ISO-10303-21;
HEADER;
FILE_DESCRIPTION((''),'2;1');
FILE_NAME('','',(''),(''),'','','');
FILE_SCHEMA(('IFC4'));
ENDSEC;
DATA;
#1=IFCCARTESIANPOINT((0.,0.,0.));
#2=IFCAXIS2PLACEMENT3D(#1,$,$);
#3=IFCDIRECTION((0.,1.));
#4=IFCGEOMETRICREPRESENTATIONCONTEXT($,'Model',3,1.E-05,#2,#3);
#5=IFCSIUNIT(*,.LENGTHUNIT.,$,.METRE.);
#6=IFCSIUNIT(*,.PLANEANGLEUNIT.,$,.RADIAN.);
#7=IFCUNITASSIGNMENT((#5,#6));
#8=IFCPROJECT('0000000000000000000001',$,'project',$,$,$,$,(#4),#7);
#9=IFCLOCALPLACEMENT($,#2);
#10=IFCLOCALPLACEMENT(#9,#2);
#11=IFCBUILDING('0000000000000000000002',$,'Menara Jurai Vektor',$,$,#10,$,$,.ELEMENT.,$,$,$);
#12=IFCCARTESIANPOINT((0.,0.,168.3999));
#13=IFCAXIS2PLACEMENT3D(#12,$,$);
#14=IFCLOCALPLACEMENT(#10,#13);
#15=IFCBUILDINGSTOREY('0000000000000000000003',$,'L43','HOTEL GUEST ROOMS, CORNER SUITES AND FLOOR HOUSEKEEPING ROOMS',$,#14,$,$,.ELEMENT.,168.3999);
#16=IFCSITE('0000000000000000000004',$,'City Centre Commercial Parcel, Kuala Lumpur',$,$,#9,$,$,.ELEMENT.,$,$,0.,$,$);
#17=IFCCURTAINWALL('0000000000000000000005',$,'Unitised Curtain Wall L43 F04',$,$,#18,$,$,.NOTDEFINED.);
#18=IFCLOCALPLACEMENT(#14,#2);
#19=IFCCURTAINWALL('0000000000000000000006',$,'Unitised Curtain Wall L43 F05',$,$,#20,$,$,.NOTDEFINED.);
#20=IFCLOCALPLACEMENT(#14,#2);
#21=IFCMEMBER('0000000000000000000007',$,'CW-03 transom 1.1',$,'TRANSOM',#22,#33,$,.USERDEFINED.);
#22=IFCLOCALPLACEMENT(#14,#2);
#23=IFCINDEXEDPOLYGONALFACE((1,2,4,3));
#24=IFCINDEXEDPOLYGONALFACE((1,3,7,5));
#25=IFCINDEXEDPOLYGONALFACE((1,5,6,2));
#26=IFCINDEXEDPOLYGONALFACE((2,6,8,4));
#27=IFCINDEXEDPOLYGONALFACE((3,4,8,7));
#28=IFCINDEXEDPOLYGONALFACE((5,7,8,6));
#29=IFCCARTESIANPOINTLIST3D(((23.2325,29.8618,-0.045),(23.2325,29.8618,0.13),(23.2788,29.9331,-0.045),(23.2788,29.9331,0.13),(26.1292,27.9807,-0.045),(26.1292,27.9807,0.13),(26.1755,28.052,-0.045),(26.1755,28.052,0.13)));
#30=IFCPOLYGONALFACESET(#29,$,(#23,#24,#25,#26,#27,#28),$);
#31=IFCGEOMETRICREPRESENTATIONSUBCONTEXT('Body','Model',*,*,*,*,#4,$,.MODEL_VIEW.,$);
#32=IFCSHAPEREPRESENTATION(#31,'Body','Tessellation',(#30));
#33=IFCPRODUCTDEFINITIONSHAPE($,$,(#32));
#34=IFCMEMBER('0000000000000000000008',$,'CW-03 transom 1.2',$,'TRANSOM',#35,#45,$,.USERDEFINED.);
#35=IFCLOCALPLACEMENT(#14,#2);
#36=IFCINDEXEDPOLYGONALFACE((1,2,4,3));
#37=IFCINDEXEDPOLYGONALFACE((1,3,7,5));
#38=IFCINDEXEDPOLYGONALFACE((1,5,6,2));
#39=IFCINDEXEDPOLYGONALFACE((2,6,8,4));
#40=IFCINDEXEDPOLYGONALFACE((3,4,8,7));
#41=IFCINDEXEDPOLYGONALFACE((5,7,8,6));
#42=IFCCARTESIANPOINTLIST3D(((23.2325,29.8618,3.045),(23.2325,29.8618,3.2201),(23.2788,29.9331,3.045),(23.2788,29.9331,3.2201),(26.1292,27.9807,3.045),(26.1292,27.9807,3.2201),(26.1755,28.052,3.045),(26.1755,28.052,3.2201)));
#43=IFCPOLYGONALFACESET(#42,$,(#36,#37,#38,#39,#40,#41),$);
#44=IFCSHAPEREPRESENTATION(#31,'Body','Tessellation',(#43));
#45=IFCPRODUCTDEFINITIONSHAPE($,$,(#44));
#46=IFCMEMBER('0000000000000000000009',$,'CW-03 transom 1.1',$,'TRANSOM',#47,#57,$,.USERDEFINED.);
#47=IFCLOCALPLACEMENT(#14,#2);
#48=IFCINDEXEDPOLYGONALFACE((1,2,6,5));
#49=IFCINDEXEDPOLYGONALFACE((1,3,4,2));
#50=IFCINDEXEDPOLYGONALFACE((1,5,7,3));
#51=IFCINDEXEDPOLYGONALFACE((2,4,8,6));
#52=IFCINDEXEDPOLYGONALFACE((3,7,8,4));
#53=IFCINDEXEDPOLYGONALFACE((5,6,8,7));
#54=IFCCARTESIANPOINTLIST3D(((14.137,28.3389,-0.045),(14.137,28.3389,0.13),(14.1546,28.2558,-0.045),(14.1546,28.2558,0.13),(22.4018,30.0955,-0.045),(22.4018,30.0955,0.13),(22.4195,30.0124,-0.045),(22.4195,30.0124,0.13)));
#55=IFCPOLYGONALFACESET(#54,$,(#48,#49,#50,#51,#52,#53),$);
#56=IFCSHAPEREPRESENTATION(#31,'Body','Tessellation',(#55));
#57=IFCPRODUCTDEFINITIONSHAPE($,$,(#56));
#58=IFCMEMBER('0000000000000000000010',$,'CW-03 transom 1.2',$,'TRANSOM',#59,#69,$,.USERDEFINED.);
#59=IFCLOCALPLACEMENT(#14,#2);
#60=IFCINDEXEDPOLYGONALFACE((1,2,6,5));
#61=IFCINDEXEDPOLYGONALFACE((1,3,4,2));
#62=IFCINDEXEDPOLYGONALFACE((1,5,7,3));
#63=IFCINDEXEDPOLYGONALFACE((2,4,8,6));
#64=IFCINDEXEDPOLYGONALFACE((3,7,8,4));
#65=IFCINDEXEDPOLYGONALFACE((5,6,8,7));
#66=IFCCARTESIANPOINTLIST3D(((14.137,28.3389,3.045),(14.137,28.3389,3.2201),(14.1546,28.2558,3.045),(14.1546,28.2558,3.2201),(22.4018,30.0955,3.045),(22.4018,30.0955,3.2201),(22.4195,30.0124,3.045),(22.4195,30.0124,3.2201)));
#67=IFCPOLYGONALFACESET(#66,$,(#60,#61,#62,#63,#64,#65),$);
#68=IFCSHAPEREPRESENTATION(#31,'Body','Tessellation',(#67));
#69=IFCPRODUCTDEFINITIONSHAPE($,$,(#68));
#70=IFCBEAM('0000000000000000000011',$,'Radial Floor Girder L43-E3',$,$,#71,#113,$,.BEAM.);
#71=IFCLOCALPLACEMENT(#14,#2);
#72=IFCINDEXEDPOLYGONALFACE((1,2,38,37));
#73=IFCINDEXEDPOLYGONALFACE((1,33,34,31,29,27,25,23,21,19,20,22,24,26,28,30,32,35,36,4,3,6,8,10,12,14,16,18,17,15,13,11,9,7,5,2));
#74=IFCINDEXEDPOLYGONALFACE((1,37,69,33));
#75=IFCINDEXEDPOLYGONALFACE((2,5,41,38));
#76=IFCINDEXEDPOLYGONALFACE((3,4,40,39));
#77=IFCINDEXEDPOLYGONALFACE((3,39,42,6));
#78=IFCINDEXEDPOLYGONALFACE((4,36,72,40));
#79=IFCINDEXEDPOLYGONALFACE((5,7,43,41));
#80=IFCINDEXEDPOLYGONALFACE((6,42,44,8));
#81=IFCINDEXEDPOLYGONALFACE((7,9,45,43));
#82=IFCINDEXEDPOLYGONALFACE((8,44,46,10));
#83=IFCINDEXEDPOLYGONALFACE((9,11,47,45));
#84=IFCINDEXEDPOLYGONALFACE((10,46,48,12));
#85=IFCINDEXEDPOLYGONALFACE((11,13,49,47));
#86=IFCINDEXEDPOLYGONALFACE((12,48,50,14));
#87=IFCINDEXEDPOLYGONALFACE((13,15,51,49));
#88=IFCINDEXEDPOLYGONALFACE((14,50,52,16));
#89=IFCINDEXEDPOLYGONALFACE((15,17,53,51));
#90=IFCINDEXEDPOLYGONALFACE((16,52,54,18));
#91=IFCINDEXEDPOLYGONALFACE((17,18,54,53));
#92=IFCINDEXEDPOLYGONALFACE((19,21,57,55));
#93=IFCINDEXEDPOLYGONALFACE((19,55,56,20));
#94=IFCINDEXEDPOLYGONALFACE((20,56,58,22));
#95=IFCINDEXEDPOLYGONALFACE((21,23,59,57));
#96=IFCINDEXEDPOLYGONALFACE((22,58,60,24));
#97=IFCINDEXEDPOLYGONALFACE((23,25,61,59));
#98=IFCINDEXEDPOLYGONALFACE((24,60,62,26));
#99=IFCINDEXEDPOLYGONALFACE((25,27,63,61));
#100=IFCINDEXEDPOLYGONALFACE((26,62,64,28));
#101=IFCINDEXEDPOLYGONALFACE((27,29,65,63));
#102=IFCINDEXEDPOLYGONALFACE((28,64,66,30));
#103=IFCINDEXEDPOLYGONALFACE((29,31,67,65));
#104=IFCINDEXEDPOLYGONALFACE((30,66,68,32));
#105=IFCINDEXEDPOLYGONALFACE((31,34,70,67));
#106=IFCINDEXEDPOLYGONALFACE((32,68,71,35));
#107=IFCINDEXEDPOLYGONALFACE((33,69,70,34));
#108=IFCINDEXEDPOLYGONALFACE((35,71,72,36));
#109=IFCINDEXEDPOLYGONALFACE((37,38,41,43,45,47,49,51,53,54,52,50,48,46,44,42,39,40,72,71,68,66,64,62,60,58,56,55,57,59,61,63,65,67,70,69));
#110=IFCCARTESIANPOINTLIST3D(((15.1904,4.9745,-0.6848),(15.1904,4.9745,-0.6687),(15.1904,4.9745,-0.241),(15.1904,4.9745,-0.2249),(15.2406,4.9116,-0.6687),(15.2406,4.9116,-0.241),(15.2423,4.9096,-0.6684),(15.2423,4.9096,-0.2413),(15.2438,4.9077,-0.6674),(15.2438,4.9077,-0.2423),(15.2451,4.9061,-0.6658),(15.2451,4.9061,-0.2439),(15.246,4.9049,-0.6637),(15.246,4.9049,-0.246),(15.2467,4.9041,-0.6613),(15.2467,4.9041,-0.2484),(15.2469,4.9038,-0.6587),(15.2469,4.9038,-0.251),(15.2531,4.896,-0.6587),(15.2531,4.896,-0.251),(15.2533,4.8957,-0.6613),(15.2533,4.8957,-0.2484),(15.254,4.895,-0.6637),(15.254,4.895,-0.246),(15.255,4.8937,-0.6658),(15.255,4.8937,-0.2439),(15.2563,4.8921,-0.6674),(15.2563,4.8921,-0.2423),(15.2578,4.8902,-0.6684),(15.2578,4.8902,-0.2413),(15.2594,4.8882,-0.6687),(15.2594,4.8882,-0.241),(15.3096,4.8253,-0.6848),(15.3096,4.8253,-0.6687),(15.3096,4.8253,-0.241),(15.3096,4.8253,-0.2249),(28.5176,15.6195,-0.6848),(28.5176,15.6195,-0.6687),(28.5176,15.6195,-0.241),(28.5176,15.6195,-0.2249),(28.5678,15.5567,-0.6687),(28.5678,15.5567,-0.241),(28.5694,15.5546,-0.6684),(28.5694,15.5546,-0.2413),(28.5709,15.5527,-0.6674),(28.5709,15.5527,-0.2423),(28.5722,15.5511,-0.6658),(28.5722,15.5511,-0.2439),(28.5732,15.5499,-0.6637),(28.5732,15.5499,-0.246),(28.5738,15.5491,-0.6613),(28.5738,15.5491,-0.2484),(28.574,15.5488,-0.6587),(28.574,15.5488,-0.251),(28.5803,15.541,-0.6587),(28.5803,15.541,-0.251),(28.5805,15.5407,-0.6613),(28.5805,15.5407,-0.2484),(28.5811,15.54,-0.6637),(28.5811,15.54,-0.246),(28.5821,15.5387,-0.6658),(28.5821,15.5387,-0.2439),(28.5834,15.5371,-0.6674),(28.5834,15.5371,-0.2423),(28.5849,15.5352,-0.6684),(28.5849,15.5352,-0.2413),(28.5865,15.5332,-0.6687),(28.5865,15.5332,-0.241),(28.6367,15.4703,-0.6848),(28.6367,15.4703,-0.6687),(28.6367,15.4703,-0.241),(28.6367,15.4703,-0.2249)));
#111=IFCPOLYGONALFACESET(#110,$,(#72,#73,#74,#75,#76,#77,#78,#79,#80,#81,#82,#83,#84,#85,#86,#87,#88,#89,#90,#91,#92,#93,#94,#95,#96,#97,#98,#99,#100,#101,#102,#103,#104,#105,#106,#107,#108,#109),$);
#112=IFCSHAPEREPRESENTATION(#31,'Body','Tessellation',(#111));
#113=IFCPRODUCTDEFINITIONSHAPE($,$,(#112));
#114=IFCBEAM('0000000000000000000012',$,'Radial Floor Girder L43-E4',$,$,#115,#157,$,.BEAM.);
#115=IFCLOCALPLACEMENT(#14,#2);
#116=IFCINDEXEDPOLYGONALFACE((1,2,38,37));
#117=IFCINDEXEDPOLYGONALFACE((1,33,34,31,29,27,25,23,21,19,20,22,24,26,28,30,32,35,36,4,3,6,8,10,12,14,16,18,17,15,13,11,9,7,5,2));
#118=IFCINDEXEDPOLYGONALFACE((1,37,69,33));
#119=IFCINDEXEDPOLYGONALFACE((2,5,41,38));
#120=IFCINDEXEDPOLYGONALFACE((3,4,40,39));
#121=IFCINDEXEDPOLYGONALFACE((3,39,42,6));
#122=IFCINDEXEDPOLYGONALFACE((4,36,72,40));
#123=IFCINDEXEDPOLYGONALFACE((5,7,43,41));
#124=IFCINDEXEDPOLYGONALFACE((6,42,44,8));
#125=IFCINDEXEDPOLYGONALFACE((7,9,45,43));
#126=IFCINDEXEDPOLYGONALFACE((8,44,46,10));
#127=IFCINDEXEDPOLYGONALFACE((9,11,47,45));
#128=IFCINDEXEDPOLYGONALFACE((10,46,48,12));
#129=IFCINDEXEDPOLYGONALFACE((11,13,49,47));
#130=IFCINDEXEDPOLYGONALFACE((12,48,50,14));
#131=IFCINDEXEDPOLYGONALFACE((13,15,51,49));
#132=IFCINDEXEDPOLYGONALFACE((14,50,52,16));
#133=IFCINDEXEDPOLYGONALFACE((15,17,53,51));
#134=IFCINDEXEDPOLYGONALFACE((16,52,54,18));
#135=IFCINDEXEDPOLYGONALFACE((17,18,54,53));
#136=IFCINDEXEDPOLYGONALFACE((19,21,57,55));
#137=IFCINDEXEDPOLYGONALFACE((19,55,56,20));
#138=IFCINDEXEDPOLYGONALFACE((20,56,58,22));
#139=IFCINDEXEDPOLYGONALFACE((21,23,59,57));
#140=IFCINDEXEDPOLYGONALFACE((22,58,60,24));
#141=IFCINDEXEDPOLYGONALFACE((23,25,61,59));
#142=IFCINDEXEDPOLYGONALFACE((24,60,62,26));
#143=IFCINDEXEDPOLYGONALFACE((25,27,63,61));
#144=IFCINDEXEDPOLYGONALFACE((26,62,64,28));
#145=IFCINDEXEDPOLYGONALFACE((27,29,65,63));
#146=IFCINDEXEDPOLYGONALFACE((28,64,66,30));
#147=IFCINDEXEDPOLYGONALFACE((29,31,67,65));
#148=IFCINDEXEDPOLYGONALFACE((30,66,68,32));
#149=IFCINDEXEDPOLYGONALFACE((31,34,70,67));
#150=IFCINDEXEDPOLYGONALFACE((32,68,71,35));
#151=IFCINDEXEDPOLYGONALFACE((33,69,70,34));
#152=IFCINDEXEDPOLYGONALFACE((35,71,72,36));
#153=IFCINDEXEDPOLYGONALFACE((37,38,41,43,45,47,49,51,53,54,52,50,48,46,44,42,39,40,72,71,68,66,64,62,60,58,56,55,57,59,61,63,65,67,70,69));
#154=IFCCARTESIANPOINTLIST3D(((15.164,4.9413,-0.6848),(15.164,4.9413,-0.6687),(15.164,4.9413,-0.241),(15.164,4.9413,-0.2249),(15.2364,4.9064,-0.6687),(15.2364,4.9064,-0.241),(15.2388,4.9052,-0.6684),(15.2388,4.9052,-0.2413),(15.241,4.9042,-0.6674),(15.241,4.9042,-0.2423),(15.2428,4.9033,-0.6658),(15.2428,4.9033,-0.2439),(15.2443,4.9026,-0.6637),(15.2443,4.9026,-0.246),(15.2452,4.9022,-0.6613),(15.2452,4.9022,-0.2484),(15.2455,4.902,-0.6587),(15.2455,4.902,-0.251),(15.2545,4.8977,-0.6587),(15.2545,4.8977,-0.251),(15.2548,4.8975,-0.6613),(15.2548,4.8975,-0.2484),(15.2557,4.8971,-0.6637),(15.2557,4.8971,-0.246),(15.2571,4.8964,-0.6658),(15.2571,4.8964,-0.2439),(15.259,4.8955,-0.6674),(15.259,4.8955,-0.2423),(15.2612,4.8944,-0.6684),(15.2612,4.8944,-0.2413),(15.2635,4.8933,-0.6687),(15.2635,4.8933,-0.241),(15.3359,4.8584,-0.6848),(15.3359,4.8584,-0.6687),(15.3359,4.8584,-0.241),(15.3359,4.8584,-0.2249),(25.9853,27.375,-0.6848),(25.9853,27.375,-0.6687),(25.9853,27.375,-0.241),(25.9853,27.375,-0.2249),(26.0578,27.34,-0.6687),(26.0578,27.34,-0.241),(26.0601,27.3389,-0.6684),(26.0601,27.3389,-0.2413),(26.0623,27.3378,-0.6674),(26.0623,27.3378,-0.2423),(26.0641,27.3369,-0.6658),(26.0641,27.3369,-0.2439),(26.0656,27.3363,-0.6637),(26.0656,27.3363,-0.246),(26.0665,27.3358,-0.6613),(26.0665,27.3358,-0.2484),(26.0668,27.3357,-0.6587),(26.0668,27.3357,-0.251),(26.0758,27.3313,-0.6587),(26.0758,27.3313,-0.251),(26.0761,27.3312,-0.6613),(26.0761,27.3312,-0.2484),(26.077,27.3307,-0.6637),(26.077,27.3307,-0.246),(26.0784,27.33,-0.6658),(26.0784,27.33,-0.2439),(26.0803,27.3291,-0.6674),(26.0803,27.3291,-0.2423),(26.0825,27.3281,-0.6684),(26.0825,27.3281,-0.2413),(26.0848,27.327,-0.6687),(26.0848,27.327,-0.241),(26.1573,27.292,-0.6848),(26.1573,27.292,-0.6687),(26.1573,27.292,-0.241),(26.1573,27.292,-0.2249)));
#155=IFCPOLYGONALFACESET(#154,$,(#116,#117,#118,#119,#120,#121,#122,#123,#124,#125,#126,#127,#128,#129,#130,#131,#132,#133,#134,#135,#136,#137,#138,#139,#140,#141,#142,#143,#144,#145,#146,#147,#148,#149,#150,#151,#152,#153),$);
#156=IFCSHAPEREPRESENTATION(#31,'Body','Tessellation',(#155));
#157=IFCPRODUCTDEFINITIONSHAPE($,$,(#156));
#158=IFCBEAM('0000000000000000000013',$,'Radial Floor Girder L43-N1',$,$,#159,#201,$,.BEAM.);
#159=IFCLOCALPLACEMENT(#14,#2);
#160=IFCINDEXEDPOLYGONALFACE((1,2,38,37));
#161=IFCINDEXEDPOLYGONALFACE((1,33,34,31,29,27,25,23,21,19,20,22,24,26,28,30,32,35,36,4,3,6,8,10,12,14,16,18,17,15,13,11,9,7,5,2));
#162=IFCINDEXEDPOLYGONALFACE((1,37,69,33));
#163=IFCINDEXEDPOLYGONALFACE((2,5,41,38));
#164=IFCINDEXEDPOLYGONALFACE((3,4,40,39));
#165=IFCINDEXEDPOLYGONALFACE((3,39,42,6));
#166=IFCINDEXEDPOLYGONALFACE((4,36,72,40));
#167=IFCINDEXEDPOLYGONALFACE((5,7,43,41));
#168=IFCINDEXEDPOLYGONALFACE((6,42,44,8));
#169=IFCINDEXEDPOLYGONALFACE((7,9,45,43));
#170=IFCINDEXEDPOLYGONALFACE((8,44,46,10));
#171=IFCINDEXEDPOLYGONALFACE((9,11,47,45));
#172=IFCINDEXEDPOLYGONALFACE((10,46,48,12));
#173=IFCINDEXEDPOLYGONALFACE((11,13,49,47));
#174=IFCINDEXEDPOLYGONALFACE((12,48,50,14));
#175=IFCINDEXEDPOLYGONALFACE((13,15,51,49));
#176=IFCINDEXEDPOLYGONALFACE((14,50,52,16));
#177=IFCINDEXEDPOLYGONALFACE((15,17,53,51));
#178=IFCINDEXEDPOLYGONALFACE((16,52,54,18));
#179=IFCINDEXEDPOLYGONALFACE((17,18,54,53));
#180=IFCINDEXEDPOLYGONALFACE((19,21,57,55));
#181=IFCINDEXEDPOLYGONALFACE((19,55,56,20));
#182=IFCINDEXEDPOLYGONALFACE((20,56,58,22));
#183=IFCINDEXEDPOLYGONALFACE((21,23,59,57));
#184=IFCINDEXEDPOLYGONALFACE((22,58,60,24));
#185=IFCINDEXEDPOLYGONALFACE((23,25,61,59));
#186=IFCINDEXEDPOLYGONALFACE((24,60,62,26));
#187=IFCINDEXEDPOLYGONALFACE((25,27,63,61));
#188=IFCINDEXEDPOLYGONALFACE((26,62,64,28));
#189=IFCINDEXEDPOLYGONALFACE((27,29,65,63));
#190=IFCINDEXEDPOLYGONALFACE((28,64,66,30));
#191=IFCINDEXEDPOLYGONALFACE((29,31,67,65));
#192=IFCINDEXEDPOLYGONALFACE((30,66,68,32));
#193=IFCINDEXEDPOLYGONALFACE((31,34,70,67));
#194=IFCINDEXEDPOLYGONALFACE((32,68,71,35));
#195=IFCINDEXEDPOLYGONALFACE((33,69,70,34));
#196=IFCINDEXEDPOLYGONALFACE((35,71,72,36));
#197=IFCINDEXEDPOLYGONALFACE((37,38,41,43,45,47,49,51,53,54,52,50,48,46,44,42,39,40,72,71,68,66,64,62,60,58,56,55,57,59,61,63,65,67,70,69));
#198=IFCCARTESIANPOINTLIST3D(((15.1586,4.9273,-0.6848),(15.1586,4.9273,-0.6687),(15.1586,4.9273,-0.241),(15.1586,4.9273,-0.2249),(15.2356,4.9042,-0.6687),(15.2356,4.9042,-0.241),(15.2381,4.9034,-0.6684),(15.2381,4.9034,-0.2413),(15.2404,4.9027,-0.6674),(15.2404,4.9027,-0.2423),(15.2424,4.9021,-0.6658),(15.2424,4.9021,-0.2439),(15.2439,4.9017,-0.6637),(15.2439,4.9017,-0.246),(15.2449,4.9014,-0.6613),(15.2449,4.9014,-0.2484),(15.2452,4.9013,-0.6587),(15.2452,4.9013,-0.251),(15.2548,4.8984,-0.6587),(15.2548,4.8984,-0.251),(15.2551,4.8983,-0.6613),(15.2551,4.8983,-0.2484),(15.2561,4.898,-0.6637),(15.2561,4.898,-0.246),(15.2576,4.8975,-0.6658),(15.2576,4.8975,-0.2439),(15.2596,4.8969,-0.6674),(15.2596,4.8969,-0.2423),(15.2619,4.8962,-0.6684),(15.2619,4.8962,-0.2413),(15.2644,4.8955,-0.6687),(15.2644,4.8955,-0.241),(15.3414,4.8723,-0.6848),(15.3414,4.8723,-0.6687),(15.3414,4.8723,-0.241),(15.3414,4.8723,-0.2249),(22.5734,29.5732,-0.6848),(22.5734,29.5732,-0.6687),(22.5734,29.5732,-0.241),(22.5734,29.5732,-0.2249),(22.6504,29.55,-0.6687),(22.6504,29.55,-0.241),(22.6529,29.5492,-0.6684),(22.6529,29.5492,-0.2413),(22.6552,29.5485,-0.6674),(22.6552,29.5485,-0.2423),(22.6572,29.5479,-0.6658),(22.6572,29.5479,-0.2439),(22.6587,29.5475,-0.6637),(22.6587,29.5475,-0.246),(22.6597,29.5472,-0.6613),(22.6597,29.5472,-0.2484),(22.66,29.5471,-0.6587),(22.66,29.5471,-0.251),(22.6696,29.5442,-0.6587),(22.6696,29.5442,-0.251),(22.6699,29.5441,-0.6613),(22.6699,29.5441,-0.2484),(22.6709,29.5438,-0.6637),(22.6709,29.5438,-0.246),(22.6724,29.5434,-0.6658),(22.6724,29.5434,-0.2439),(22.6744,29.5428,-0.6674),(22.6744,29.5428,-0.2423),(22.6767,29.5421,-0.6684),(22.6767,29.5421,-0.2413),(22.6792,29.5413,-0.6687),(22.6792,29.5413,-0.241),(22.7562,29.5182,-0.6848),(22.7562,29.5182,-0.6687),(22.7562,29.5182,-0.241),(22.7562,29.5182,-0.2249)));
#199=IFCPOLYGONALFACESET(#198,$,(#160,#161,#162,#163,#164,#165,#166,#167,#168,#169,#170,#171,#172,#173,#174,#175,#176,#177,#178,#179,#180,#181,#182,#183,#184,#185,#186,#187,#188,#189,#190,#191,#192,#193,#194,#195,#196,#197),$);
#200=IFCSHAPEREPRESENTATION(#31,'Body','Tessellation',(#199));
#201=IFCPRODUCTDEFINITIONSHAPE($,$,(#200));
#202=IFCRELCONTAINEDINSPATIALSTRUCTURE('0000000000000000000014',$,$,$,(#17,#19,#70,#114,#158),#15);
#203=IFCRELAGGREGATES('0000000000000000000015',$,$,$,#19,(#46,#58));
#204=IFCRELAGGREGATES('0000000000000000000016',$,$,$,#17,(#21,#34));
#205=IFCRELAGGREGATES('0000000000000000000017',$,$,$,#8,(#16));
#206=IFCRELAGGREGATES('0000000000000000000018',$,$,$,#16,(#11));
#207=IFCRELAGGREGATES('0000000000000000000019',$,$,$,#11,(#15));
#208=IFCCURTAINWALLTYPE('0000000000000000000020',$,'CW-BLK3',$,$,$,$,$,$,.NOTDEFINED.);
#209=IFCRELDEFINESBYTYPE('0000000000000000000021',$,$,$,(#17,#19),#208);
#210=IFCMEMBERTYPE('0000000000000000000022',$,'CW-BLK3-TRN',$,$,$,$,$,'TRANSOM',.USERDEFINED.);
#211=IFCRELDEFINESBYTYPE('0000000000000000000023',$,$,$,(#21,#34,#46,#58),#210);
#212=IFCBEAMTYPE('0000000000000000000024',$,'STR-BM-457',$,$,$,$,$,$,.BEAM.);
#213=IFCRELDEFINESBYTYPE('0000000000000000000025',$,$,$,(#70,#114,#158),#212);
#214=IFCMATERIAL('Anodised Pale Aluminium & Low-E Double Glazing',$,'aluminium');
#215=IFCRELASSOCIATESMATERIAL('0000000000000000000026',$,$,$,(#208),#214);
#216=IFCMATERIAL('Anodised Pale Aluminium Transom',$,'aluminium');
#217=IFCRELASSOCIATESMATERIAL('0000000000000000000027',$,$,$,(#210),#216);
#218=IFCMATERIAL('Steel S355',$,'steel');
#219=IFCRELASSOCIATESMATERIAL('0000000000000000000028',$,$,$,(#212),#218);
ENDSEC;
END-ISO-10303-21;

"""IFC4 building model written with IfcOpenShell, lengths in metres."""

from ifc_helpers import new_model, si_unit, direction, frame, origin, origin_2d, place, context, subcontext, project, spatial, rectangle, i_section, extrude, material, material_profile, profile_set, type_object, element, aggregate, save


model = new_model("IFC4")

# Units and contexts
model_context = context("Model", 3, precision=1e-05, world=origin(), true_north=direction((0.0, 1.0)))
body_context = subcontext(model_context, "Body", "Model", "MODEL_VIEW")
ifc_project = project(units=[si_unit("LENGTHUNIT", "METRE"), si_unit("PLANEANGLEUNIT", "RADIAN")], contexts=[model_context])

# Site, building, storey
site_placement = place(None, origin())
site = spatial("IfcSite", under=ifc_project, at=site_placement, Name="City Centre Commercial Parcel, Kuala Lumpur", CompositionType="ELEMENT", RefElevation=0.0)
building_placement = place(site_placement, origin())
building = spatial("IfcBuilding", under=site, at=building_placement, Name="Menara Jurai Vektor", CompositionType="ELEMENT")
storey_placement = place(building_placement, frame((0.0, 0.0, 168.3999)))
storey = spatial("IfcBuildingStorey", under=building, at=storey_placement, Name="L43", Description="HOTEL GUEST ROOMS, CORNER SUITES AND FLOOR HOUSEKEEPING ROOMS", CompositionType="ELEMENT", Elevation=168.3999)

# Curtain wall
ifc_material_1 = material(Name="Anodised Pale Aluminium & Low-E Double Glazing", Category="aluminium")
curtain_wall_type = type_object("IfcCurtainWallType", Name="CW-BLK3", PredefinedType="NOTDEFINED", material=ifc_material_1)
curtain_wall_1_placement = place(storey_placement, origin())
curtain_wall_1 = element("IfcCurtainWall", 1, at=curtain_wall_1_placement, inside=storey, type_object=curtain_wall_type, Name="Unitised Curtain Wall L43 F04", PredefinedType="NOTDEFINED")

# Curtain wall
curtain_wall_2_placement = place(storey_placement, origin())
curtain_wall_2 = element("IfcCurtainWall", 2, at=curtain_wall_2_placement, inside=storey, type_object=curtain_wall_type, Name="Unitised Curtain Wall L43 F05", PredefinedType="NOTDEFINED")

# Members
ifc_material_2 = material(Name="Anodised Pale Aluminium Transom", Category="aluminium")
ifc_material_profile_1 = material_profile(ifc_material_2, rectangle(XDim=0.085, YDim=0.175, at=origin_2d()), Name="ALU TRN 85x175")
ifc_profile_set_1 = profile_set([ifc_material_profile_1], Name="Anodised Pale Aluminium Transom")
member_type_1 = type_object("IfcMemberType", Name="CW-BLK3-TRN", ElementType="TRANSOM", PredefinedType="USERDEFINED", material=ifc_profile_set_1)
member_1_placement = place(storey_placement, frame((26.1523, 28.0164, 0.0425), z_axis=(-0.838678, 0.544628, 0.0), x_axis=(-0.544628, -0.838678, 0.0)))
member_1 = element("IfcMember", 3, at=member_1_placement, type_object=member_type_1, Name="CW-03 transom 1.1", ObjectType="TRANSOM", PredefinedType="USERDEFINED", context=body_context, shape_type="SweptSolid", body=[
    extrude(rectangle(XDim=0.085, YDim=0.175, at=origin_2d()), origin(), (0.0, 0.0, 1.0), 3.4539),
])
member_2_placement = place(storey_placement, frame((26.1523, 28.0164, 3.1326), z_axis=(-0.838678, 0.544628, 0.0), x_axis=(-0.544628, -0.838678, 0.0)))
member_2 = element("IfcMember", 4, at=member_2_placement, type_object=member_type_1, Name="CW-03 transom 1.2", ObjectType="TRANSOM", PredefinedType="USERDEFINED", context=body_context, shape_type="SweptSolid", body=[
    extrude(rectangle(XDim=0.085, YDim=0.175, at=origin_2d()), origin(), (0.0, 0.0, 1.0), 3.4539),
])
member_3_placement = place(storey_placement, frame((22.4106, 30.054, 0.0425), z_axis=(-0.978152, -0.207893, 0.0), x_axis=(0.207893, -0.978152, 0.0)))
member_3 = element("IfcMember", 5, at=member_3_placement, type_object=member_type_1, Name="CW-03 transom 1.1", ObjectType="TRANSOM", PredefinedType="USERDEFINED", context=body_context, shape_type="SweptSolid", body=[
    extrude(rectangle(XDim=0.085, YDim=0.175, at=origin_2d()), origin(), (0.0, 0.0, 1.0), 8.4495),
])
member_4_placement = place(storey_placement, frame((22.4106, 30.054, 3.1326), z_axis=(-0.978152, -0.207893, 0.0), x_axis=(0.207893, -0.978152, 0.0)))
member_4 = element("IfcMember", 6, at=member_4_placement, type_object=member_type_1, Name="CW-03 transom 1.2", ObjectType="TRANSOM", PredefinedType="USERDEFINED", context=body_context, shape_type="SweptSolid", body=[
    extrude(rectangle(XDim=0.085, YDim=0.175, at=origin_2d()), origin(), (0.0, 0.0, 1.0), 8.4495),
])

# Beams
ifc_material_3 = material(Name="Steel S355", Category="steel")
ifc_material_profile_2 = material_profile(ifc_material_3, i_section(OverallWidth=0.1909, OverallDepth=0.46, WebThickness=0.01, FlangeThickness=0.0161, FilletRadius=0.01, at=origin_2d()), Name="UKB 457x191x82")
ifc_profile_set_2 = profile_set([ifc_material_profile_2], Name="Steel S355")
beam_type_1 = type_object("IfcBeamType", Name="STR-BM-457", PredefinedType="BEAM", material=ifc_profile_set_2)
beam_1_placement = place(storey_placement, frame((28.5771, 15.5449, -0.4548), z_axis=(-0.781346, -0.624098, 0.0), x_axis=(0.624098, -0.781346, 0.0)))
element("IfcBeam", 7, at=beam_1_placement, inside=storey, type_object=beam_type_1, Name="Radial Floor Girder L43-E3", PredefinedType="BEAM", context=body_context, shape_type="SweptSolid", body=[
    extrude(i_section(OverallWidth=0.1909, OverallDepth=0.46, WebThickness=0.01, FlangeThickness=0.0161, FilletRadius=0.01, at=origin_2d()), origin(), (0.0, 0.0, 1.0), 17.0566),
])
beam_2_placement = place(storey_placement, frame((26.0713, 27.3335, -0.4548), z_axis=(-0.434465, -0.900689, 0.0), x_axis=(0.900689, -0.434465, 0.0)))
element("IfcBeam", 8, at=beam_2_placement, inside=storey, type_object=beam_type_1, Name="Radial Floor Girder L43-E4", PredefinedType="BEAM", context=body_context, shape_type="SweptSolid", body=[
    extrude(i_section(OverallWidth=0.1909, OverallDepth=0.46, WebThickness=0.01, FlangeThickness=0.0161, FilletRadius=0.01, at=origin_2d()), origin(), (0.0, 0.0, 1.0), 24.9072),
])
beam_3_placement = place(storey_placement, frame((22.6648, 29.5457, -0.4548), z_axis=(-0.288099, -0.957601, 0.0), x_axis=(0.957601, -0.288099, 0.0)))
element("IfcBeam", 9, at=beam_3_placement, inside=storey, type_object=beam_type_1, Name="Radial Floor Girder L43-N1", PredefinedType="BEAM", context=body_context, shape_type="SweptSolid", body=[
    extrude(i_section(OverallWidth=0.1909, OverallDepth=0.46, WebThickness=0.01, FlangeThickness=0.0161, FilletRadius=0.01, at=origin_2d()), origin(), (0.0, 0.0, 1.0), 25.7371),
])

aggregate(curtain_wall_2, [member_3, member_4])
aggregate(curtain_wall_1, [member_1, member_2])

save(model, "model.ifc")
